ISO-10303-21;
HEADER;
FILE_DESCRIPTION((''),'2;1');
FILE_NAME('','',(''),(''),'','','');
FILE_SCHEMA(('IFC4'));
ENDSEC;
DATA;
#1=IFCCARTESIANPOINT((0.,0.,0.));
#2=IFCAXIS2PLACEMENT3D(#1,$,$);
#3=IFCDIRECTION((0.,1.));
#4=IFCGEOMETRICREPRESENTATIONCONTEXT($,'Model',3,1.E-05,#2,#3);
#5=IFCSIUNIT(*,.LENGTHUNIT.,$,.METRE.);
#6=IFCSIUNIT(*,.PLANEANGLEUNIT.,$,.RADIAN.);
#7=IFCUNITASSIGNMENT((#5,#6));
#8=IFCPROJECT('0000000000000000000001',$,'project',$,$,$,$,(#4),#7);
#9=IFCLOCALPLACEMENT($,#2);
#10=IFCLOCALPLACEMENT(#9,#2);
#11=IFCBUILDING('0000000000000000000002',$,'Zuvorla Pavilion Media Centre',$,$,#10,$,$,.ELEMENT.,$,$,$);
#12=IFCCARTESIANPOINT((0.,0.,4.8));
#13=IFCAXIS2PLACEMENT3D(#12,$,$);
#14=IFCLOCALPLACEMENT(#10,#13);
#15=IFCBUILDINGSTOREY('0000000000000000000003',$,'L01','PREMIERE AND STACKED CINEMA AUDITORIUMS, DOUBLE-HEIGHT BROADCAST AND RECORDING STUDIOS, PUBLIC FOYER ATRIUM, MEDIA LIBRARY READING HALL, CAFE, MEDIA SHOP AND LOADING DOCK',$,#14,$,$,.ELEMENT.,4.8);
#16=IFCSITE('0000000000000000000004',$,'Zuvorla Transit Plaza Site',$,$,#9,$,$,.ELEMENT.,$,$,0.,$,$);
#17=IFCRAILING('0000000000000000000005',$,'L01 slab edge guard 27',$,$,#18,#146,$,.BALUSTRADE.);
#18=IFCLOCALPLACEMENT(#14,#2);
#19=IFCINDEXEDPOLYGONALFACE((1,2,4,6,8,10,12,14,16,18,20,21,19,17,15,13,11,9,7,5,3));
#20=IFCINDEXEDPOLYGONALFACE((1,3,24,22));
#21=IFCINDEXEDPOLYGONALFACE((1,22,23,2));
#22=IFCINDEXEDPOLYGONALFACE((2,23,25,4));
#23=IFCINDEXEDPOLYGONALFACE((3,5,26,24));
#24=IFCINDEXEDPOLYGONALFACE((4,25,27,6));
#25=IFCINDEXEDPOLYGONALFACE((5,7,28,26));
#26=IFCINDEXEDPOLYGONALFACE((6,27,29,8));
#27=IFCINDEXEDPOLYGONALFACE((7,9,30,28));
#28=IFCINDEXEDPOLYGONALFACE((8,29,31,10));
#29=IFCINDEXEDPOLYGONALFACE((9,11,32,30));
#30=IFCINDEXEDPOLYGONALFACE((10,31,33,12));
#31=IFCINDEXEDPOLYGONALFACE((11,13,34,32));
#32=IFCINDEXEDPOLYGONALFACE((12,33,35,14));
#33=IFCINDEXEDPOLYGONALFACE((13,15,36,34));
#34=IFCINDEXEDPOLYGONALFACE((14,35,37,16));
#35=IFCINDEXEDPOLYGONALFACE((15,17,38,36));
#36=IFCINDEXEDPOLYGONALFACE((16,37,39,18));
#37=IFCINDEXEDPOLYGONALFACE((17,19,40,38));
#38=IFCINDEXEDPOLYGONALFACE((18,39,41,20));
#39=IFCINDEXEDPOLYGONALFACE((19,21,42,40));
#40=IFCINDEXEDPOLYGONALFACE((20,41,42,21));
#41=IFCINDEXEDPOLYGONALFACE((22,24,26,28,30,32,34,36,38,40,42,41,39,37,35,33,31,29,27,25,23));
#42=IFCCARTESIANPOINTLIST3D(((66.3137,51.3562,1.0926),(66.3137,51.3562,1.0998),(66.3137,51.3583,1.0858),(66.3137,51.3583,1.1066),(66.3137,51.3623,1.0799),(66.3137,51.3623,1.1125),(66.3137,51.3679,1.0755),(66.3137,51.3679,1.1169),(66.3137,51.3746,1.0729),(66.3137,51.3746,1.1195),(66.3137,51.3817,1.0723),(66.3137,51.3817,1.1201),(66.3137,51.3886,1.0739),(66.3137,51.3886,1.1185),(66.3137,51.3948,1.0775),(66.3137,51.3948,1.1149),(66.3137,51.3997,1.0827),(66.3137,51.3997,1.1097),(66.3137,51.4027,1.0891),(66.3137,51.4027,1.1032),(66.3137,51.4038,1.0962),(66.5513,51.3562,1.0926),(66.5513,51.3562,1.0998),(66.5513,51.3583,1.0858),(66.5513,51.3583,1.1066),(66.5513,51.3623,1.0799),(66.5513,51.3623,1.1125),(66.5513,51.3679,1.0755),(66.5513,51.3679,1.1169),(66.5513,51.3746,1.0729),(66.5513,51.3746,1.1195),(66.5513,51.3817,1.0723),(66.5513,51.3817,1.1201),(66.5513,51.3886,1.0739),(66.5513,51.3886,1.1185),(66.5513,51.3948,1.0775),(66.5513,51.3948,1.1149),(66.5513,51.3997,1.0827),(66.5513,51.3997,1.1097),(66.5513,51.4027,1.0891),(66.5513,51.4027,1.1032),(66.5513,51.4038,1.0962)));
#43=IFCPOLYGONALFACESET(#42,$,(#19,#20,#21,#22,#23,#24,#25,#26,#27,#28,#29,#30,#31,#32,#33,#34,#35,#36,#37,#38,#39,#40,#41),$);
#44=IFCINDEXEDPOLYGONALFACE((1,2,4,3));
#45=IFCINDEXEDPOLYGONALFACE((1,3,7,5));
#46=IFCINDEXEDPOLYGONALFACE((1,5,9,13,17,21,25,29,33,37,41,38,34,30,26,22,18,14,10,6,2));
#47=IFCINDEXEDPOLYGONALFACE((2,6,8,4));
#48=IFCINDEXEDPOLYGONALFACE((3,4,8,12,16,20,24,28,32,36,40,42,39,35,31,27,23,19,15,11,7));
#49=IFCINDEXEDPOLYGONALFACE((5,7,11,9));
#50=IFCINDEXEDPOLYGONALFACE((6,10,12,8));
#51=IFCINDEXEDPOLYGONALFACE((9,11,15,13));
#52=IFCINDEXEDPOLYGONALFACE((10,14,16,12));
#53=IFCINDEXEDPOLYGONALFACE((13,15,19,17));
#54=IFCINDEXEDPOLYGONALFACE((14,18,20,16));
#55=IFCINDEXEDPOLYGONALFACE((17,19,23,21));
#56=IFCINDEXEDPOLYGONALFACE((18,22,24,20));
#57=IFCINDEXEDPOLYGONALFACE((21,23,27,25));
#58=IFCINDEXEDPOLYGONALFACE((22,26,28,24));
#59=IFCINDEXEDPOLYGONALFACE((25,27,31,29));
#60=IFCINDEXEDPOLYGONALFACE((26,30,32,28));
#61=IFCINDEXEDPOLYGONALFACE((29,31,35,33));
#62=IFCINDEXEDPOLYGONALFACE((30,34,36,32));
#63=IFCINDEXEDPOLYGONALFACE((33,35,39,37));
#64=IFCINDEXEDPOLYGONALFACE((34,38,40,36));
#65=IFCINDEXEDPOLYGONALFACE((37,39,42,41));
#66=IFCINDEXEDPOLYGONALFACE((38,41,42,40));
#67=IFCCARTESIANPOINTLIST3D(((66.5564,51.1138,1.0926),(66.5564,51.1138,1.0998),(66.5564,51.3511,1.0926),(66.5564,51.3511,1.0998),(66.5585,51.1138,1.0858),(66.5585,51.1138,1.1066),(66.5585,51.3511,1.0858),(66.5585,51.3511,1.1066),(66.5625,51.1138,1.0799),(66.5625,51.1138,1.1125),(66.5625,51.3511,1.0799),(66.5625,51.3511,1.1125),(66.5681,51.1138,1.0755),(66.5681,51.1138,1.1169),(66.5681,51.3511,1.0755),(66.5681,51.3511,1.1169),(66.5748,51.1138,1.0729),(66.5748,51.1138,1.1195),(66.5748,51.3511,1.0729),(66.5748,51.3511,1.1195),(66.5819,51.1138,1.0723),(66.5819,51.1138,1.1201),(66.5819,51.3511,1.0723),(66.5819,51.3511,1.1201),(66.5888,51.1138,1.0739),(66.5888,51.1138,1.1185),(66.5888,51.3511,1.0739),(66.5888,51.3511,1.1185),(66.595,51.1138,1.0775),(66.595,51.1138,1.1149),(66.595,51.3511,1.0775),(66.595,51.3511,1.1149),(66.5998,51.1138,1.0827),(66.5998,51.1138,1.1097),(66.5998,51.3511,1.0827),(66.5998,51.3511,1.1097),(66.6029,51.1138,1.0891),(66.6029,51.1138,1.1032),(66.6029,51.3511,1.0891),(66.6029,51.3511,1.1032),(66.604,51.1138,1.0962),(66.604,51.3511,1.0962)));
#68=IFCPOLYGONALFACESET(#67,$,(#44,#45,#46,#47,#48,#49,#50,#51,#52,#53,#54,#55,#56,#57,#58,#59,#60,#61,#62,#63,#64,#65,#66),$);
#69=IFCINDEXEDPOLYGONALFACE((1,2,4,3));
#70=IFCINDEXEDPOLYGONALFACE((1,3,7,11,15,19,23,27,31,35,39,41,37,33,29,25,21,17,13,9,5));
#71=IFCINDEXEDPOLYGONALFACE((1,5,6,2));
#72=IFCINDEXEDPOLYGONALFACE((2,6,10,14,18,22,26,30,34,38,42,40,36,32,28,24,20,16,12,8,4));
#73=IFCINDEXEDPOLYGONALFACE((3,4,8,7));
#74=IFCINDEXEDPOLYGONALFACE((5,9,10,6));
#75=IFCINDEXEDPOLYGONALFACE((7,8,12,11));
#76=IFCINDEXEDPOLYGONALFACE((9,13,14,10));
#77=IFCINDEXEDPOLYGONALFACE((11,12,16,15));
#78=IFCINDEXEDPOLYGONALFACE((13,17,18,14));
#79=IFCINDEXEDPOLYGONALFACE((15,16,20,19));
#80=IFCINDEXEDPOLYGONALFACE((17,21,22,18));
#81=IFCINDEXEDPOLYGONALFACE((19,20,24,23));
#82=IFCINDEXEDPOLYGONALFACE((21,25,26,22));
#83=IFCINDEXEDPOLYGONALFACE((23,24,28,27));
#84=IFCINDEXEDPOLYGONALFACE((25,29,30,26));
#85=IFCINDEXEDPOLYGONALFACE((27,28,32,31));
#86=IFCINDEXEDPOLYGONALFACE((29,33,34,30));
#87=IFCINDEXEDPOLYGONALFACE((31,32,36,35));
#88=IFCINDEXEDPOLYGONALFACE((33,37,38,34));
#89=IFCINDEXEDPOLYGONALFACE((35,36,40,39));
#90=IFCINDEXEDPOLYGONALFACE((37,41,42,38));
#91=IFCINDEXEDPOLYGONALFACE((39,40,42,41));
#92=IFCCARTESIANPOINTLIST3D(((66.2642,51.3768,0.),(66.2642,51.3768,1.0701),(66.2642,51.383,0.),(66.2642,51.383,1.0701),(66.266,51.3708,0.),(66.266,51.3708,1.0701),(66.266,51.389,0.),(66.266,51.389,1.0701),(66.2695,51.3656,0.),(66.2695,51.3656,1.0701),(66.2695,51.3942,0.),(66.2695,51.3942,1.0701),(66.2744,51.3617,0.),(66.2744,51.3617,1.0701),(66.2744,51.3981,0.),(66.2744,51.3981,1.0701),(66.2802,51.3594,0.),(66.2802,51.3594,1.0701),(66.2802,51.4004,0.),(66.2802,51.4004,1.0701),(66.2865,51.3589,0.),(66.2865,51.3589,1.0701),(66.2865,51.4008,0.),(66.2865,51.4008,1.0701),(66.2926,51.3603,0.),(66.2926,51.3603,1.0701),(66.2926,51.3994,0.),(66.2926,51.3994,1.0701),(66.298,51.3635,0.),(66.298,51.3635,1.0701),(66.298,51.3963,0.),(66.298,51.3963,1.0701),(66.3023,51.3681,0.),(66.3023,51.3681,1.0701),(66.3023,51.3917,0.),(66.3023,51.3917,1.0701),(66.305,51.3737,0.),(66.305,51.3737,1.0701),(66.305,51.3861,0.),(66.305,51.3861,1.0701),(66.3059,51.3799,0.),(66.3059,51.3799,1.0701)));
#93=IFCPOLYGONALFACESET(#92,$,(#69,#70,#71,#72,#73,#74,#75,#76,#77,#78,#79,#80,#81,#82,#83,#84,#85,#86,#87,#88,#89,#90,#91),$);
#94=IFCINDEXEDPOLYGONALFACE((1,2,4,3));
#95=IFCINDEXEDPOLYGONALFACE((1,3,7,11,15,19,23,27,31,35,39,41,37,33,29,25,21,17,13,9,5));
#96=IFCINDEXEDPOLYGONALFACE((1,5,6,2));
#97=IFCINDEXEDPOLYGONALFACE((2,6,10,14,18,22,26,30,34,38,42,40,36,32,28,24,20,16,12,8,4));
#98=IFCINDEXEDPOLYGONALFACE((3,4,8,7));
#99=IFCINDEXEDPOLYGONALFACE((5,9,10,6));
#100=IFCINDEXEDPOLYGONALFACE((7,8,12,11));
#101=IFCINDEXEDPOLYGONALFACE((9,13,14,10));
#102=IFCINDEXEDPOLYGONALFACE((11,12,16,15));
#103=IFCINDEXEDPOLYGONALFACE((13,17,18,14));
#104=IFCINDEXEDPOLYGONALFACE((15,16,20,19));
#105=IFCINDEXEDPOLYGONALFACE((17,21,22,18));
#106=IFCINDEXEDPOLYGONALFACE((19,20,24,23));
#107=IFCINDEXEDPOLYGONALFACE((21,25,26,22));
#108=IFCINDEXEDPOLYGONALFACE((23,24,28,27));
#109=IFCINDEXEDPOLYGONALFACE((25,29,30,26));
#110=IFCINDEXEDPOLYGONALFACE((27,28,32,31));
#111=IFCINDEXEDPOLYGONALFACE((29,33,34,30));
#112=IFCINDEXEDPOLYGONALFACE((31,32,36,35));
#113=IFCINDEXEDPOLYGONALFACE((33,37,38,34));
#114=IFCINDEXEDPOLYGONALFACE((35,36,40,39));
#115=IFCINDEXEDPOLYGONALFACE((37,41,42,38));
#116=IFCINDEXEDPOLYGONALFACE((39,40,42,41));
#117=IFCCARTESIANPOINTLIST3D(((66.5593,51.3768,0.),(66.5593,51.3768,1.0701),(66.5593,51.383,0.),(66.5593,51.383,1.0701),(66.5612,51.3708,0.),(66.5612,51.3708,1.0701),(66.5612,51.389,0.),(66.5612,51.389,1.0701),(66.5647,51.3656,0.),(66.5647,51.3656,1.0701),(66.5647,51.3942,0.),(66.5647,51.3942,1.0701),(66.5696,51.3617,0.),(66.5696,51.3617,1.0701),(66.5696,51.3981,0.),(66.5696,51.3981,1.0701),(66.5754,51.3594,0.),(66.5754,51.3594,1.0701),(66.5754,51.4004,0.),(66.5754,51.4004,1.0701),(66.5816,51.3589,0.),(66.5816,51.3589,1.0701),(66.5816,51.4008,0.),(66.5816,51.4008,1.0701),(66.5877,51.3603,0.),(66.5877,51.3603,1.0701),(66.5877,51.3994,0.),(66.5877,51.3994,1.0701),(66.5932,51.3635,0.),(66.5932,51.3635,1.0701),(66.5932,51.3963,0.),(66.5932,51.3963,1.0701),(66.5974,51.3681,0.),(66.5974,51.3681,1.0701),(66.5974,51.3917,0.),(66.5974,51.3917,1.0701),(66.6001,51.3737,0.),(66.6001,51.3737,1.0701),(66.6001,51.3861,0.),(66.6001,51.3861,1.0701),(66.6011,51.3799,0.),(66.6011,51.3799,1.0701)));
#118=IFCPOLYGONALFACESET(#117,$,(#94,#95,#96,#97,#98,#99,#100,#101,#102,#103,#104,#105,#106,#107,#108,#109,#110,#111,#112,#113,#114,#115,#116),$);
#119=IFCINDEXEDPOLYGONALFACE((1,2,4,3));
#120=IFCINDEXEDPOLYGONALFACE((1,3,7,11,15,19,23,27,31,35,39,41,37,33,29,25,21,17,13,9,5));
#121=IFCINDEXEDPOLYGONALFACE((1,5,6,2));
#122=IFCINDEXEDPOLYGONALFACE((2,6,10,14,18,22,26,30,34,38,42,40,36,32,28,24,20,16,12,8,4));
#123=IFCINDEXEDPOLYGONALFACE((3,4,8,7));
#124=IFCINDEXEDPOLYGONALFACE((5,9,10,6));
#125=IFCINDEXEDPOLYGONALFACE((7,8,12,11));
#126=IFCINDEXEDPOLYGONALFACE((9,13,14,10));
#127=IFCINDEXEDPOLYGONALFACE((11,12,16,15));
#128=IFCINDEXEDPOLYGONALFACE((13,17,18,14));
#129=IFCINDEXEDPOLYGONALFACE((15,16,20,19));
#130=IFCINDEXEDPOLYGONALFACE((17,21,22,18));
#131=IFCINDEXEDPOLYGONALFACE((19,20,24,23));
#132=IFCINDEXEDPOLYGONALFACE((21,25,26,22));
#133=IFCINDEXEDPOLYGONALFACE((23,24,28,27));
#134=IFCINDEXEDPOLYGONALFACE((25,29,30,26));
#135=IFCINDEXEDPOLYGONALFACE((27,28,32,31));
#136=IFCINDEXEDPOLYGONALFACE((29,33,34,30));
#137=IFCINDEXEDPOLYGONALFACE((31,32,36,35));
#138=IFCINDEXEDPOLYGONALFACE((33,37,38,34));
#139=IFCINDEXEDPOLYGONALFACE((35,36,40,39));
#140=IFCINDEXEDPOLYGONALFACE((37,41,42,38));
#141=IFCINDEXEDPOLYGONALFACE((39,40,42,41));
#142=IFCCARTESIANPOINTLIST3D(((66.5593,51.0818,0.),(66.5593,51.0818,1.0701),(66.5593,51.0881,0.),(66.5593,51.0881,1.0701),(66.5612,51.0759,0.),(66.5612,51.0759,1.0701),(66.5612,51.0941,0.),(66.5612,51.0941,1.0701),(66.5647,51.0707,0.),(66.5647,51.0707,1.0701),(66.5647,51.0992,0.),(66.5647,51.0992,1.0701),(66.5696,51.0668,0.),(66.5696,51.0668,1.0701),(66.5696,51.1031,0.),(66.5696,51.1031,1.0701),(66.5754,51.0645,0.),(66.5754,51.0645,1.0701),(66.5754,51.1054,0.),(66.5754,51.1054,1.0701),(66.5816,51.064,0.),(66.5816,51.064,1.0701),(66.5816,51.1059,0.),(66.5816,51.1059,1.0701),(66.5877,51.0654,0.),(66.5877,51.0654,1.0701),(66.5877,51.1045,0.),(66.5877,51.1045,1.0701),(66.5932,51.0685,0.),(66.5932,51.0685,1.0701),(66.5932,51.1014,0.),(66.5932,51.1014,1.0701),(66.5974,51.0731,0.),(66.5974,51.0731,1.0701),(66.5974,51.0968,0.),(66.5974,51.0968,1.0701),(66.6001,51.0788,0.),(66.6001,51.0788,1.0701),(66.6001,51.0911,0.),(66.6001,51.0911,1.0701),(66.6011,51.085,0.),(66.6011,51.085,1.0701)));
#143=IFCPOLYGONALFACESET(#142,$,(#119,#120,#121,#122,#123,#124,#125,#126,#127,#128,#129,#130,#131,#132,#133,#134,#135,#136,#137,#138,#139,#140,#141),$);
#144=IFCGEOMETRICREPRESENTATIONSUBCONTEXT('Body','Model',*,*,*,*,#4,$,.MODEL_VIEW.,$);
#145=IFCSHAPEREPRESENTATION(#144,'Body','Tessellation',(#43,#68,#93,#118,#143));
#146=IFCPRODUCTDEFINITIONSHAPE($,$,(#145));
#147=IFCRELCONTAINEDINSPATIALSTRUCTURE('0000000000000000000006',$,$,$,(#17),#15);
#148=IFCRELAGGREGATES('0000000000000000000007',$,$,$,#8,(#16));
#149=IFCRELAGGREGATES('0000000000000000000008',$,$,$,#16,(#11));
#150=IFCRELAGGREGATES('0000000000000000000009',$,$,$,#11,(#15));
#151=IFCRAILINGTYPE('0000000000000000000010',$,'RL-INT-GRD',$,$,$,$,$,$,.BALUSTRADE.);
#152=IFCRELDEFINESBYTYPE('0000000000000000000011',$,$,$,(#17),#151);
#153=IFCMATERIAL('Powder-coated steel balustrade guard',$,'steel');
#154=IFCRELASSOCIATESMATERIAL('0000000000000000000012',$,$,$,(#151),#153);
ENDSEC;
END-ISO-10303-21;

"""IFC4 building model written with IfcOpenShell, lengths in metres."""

from ifc_helpers import new_model, si_unit, direction, frame, origin, origin_2d, place, context, subcontext, project, spatial, circle, extrude, material, type_object, element, save


model = new_model("IFC4")

# Units and contexts
model_context = context("Model", 3, precision=1e-05, world=origin(), true_north=direction((0.0, 1.0)))
body_context = subcontext(model_context, "Body", "Model", "MODEL_VIEW")
ifc_project = project(units=[si_unit("LENGTHUNIT", "METRE"), si_unit("PLANEANGLEUNIT", "RADIAN")], contexts=[model_context])

# Site, building, storey
site_placement = place(None, origin())
site = spatial("IfcSite", under=ifc_project, at=site_placement, Name="Zuvorla Transit Plaza Site", CompositionType="ELEMENT", RefElevation=0.0)
building_placement = place(site_placement, origin())
building = spatial("IfcBuilding", under=site, at=building_placement, Name="Zuvorla Pavilion Media Centre", CompositionType="ELEMENT")
storey_placement = place(building_placement, frame((0.0, 0.0, 4.8)))
storey = spatial("IfcBuildingStorey", under=building, at=storey_placement, Name="L01", Description="PREMIERE AND STACKED CINEMA AUDITORIUMS, DOUBLE-HEIGHT BROADCAST AND RECORDING STUDIOS, PUBLIC FOYER ATRIUM, MEDIA LIBRARY READING HALL, CAFE, MEDIA SHOP AND LOADING DOCK", CompositionType="ELEMENT", Elevation=4.8)

# Railing
ifc_material_1 = material(Name="Powder-coated steel balustrade guard", Category="steel")
railing_type = type_object("IfcRailingType", Name="RL-INT-GRD", PredefinedType="BALUSTRADE", material=ifc_material_1)
railing_1_placement = place(storey_placement, frame((66.2849, 51.3799, 0.0)))
element("IfcRailing", 1, at=railing_1_placement, inside=storey, type_object=railing_type, Name="L01 slab edge guard 27", PredefinedType="BALUSTRADE", context=body_context, shape_type="SweptSolid", body=[
    extrude(circle(Radius=0.0239, at=origin_2d()), frame((0.0288, 0.0, 1.0962), z_axis=(1.0, 0.0, 0.0), x_axis=(0.0, 1.0, 0.0)), (0.0, 0.0, 1.0), 0.2375),
    extrude(circle(Radius=0.0239, at=origin_2d()), frame((0.2952, -0.0288, 1.0962), z_axis=(0.0, -1.0, 0.0), x_axis=(1.0, 0.0, 0.0)), (0.0, 0.0, 1.0), 0.2373),
    extrude(circle(Radius=0.021, at=origin_2d()), origin(), (0.0, 0.0, 1.0), 1.0701),
    extrude(circle(Radius=0.021, at=origin_2d()), frame((0.2952, 0.0, 0.0)), (0.0, 0.0, 1.0), 1.0701),
    extrude(circle(Radius=0.021, at=origin_2d()), frame((0.2952, -0.2949, 0.0)), (0.0, 0.0, 1.0), 1.0701),
])

save(model, "model.ifc")
